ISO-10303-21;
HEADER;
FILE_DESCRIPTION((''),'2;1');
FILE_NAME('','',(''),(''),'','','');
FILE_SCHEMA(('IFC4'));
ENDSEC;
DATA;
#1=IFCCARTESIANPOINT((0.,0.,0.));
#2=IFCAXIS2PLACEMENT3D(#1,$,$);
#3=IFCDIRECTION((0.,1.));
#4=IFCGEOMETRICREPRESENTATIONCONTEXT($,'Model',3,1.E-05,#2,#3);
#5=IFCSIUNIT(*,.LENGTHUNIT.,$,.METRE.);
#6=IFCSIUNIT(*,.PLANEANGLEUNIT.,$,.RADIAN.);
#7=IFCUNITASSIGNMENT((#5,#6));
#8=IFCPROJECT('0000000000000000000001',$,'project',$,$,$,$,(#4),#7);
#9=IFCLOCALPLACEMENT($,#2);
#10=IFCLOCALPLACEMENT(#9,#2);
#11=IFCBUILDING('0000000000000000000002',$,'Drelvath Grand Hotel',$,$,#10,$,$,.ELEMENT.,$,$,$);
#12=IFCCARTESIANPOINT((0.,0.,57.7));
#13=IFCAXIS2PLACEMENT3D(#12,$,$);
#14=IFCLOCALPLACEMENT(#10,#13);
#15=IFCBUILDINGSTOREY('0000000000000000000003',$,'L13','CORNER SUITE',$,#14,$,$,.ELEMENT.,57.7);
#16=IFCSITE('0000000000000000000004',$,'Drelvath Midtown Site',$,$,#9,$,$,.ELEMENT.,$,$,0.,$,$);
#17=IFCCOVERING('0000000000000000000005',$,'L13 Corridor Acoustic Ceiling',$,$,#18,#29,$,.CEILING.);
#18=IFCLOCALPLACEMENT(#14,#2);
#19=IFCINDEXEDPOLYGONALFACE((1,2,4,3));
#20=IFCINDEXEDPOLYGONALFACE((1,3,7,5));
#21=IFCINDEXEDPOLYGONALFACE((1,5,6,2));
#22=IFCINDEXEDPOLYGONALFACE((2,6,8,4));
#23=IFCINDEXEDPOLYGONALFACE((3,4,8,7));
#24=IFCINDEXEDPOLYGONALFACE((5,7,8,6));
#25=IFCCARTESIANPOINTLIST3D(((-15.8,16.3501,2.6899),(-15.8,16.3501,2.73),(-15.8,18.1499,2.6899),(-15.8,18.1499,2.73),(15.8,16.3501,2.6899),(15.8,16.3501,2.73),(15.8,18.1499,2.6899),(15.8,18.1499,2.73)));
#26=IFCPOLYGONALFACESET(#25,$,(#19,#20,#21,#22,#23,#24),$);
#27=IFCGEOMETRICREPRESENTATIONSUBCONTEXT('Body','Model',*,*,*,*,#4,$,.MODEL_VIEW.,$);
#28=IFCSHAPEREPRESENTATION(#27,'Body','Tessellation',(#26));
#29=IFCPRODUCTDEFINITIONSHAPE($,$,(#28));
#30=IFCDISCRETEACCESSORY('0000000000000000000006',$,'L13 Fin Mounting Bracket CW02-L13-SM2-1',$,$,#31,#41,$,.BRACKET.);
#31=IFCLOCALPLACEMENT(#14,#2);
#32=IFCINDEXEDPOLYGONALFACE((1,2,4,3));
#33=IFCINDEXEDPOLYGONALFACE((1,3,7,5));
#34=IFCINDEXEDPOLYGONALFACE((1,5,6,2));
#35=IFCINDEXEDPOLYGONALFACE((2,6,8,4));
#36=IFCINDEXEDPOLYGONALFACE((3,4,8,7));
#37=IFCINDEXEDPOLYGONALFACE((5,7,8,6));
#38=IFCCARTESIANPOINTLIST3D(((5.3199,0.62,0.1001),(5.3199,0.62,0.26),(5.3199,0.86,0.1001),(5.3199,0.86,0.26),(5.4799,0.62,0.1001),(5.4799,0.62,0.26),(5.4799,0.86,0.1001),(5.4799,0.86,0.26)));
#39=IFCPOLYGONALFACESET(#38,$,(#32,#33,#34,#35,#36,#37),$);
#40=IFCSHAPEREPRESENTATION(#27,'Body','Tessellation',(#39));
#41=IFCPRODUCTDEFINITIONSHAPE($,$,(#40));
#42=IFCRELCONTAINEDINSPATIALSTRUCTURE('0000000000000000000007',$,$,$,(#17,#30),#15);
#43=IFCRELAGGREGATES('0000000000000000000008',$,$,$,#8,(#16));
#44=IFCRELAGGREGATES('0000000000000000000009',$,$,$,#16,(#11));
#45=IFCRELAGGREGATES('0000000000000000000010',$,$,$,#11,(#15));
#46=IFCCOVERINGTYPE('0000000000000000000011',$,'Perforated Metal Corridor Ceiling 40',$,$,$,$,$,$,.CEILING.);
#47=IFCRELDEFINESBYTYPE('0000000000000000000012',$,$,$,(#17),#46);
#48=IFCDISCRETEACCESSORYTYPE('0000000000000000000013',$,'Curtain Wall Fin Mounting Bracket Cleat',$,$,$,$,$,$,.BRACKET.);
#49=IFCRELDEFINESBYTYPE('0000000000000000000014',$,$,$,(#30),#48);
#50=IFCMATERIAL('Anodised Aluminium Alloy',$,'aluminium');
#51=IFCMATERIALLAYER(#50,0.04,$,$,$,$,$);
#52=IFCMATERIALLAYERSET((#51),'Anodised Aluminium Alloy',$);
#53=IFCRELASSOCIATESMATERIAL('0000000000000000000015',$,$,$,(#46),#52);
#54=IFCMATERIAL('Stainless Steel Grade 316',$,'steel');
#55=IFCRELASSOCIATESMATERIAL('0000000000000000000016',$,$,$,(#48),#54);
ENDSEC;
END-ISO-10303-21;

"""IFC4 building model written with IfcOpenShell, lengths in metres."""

from ifc_helpers import new_model, si_unit, direction, frame, origin, origin_2d, place, context, subcontext, project, spatial, polyline, rectangle, outline, extrude, material, layer, layer_set, type_object, element, save


model = new_model("IFC4")

# Units and contexts
model_context = context("Model", 3, precision=1e-05, world=origin(), true_north=direction((0.0, 1.0)))
body_context = subcontext(model_context, "Body", "Model", "MODEL_VIEW")
ifc_project = project(units=[si_unit("LENGTHUNIT", "METRE"), si_unit("PLANEANGLEUNIT", "RADIAN")], contexts=[model_context])

# Site, building, storey
site_placement = place(None, origin())
site = spatial("IfcSite", under=ifc_project, at=site_placement, Name="Drelvath Midtown Site", CompositionType="ELEMENT", RefElevation=0.0)
building_placement = place(site_placement, origin())
building = spatial("IfcBuilding", under=site, at=building_placement, Name="Drelvath Grand Hotel", CompositionType="ELEMENT")
storey_placement = place(building_placement, frame((0.0, 0.0, 57.7)))
storey = spatial("IfcBuildingStorey", under=building, at=storey_placement, Name="L13", Description="CORNER SUITE", CompositionType="ELEMENT", Elevation=57.7)

# Covering
ifc_material_1 = material(Name="Anodised Aluminium Alloy", Category="aluminium")
ifc_layer_1 = layer(ifc_material_1, 0.04)
ifc_layer_set_1 = layer_set([ifc_layer_1], Name="Anodised Aluminium Alloy")
covering_type_1 = type_object("IfcCoveringType", Name="Perforated Metal Corridor Ceiling 40", PredefinedType="CEILING", material=ifc_layer_set_1)
covering_1_placement = place(storey_placement, frame((0.0, 0.0, 2.6899)))
element("IfcCovering", 1, at=covering_1_placement, inside=storey, type_object=covering_type_1, Name="L13 Corridor Acoustic Ceiling", PredefinedType="CEILING", context=body_context, shape_type="SweptSolid", body=[
    extrude(outline(polyline([(15.8, 16.3501), (15.8, 18.1499), (-15.8, 18.1499), (-15.8, 16.3501), (15.8, 16.3501)])), origin(), (0.0, 0.0, 1.0), 0.04),
])

# Discrete accessory
ifc_material_2 = material(Name="Stainless Steel Grade 316", Category="steel")
discrete_accessory_type = type_object("IfcDiscreteAccessoryType", Name="Curtain Wall Fin Mounting Bracket Cleat", PredefinedType="BRACKET", material=ifc_material_2)
discrete_accessory_placement = place(storey_placement, frame((5.3999, 0.74, 0.1001), z_axis=(0.0, 0.0, 1.0), x_axis=(-1.0, 0.0, 0.0)))
element("IfcDiscreteAccessory", 2, at=discrete_accessory_placement, inside=storey, type_object=discrete_accessory_type, Name="L13 Fin Mounting Bracket CW02-L13-SM2-1", PredefinedType="BRACKET", context=body_context, shape_type="SweptSolid", body=[
    extrude(rectangle(XDim=0.1599, YDim=0.24, at=origin_2d()), origin(), (0.0, 0.0, 1.0), 0.1599),
])

save(model, "model.ifc")
